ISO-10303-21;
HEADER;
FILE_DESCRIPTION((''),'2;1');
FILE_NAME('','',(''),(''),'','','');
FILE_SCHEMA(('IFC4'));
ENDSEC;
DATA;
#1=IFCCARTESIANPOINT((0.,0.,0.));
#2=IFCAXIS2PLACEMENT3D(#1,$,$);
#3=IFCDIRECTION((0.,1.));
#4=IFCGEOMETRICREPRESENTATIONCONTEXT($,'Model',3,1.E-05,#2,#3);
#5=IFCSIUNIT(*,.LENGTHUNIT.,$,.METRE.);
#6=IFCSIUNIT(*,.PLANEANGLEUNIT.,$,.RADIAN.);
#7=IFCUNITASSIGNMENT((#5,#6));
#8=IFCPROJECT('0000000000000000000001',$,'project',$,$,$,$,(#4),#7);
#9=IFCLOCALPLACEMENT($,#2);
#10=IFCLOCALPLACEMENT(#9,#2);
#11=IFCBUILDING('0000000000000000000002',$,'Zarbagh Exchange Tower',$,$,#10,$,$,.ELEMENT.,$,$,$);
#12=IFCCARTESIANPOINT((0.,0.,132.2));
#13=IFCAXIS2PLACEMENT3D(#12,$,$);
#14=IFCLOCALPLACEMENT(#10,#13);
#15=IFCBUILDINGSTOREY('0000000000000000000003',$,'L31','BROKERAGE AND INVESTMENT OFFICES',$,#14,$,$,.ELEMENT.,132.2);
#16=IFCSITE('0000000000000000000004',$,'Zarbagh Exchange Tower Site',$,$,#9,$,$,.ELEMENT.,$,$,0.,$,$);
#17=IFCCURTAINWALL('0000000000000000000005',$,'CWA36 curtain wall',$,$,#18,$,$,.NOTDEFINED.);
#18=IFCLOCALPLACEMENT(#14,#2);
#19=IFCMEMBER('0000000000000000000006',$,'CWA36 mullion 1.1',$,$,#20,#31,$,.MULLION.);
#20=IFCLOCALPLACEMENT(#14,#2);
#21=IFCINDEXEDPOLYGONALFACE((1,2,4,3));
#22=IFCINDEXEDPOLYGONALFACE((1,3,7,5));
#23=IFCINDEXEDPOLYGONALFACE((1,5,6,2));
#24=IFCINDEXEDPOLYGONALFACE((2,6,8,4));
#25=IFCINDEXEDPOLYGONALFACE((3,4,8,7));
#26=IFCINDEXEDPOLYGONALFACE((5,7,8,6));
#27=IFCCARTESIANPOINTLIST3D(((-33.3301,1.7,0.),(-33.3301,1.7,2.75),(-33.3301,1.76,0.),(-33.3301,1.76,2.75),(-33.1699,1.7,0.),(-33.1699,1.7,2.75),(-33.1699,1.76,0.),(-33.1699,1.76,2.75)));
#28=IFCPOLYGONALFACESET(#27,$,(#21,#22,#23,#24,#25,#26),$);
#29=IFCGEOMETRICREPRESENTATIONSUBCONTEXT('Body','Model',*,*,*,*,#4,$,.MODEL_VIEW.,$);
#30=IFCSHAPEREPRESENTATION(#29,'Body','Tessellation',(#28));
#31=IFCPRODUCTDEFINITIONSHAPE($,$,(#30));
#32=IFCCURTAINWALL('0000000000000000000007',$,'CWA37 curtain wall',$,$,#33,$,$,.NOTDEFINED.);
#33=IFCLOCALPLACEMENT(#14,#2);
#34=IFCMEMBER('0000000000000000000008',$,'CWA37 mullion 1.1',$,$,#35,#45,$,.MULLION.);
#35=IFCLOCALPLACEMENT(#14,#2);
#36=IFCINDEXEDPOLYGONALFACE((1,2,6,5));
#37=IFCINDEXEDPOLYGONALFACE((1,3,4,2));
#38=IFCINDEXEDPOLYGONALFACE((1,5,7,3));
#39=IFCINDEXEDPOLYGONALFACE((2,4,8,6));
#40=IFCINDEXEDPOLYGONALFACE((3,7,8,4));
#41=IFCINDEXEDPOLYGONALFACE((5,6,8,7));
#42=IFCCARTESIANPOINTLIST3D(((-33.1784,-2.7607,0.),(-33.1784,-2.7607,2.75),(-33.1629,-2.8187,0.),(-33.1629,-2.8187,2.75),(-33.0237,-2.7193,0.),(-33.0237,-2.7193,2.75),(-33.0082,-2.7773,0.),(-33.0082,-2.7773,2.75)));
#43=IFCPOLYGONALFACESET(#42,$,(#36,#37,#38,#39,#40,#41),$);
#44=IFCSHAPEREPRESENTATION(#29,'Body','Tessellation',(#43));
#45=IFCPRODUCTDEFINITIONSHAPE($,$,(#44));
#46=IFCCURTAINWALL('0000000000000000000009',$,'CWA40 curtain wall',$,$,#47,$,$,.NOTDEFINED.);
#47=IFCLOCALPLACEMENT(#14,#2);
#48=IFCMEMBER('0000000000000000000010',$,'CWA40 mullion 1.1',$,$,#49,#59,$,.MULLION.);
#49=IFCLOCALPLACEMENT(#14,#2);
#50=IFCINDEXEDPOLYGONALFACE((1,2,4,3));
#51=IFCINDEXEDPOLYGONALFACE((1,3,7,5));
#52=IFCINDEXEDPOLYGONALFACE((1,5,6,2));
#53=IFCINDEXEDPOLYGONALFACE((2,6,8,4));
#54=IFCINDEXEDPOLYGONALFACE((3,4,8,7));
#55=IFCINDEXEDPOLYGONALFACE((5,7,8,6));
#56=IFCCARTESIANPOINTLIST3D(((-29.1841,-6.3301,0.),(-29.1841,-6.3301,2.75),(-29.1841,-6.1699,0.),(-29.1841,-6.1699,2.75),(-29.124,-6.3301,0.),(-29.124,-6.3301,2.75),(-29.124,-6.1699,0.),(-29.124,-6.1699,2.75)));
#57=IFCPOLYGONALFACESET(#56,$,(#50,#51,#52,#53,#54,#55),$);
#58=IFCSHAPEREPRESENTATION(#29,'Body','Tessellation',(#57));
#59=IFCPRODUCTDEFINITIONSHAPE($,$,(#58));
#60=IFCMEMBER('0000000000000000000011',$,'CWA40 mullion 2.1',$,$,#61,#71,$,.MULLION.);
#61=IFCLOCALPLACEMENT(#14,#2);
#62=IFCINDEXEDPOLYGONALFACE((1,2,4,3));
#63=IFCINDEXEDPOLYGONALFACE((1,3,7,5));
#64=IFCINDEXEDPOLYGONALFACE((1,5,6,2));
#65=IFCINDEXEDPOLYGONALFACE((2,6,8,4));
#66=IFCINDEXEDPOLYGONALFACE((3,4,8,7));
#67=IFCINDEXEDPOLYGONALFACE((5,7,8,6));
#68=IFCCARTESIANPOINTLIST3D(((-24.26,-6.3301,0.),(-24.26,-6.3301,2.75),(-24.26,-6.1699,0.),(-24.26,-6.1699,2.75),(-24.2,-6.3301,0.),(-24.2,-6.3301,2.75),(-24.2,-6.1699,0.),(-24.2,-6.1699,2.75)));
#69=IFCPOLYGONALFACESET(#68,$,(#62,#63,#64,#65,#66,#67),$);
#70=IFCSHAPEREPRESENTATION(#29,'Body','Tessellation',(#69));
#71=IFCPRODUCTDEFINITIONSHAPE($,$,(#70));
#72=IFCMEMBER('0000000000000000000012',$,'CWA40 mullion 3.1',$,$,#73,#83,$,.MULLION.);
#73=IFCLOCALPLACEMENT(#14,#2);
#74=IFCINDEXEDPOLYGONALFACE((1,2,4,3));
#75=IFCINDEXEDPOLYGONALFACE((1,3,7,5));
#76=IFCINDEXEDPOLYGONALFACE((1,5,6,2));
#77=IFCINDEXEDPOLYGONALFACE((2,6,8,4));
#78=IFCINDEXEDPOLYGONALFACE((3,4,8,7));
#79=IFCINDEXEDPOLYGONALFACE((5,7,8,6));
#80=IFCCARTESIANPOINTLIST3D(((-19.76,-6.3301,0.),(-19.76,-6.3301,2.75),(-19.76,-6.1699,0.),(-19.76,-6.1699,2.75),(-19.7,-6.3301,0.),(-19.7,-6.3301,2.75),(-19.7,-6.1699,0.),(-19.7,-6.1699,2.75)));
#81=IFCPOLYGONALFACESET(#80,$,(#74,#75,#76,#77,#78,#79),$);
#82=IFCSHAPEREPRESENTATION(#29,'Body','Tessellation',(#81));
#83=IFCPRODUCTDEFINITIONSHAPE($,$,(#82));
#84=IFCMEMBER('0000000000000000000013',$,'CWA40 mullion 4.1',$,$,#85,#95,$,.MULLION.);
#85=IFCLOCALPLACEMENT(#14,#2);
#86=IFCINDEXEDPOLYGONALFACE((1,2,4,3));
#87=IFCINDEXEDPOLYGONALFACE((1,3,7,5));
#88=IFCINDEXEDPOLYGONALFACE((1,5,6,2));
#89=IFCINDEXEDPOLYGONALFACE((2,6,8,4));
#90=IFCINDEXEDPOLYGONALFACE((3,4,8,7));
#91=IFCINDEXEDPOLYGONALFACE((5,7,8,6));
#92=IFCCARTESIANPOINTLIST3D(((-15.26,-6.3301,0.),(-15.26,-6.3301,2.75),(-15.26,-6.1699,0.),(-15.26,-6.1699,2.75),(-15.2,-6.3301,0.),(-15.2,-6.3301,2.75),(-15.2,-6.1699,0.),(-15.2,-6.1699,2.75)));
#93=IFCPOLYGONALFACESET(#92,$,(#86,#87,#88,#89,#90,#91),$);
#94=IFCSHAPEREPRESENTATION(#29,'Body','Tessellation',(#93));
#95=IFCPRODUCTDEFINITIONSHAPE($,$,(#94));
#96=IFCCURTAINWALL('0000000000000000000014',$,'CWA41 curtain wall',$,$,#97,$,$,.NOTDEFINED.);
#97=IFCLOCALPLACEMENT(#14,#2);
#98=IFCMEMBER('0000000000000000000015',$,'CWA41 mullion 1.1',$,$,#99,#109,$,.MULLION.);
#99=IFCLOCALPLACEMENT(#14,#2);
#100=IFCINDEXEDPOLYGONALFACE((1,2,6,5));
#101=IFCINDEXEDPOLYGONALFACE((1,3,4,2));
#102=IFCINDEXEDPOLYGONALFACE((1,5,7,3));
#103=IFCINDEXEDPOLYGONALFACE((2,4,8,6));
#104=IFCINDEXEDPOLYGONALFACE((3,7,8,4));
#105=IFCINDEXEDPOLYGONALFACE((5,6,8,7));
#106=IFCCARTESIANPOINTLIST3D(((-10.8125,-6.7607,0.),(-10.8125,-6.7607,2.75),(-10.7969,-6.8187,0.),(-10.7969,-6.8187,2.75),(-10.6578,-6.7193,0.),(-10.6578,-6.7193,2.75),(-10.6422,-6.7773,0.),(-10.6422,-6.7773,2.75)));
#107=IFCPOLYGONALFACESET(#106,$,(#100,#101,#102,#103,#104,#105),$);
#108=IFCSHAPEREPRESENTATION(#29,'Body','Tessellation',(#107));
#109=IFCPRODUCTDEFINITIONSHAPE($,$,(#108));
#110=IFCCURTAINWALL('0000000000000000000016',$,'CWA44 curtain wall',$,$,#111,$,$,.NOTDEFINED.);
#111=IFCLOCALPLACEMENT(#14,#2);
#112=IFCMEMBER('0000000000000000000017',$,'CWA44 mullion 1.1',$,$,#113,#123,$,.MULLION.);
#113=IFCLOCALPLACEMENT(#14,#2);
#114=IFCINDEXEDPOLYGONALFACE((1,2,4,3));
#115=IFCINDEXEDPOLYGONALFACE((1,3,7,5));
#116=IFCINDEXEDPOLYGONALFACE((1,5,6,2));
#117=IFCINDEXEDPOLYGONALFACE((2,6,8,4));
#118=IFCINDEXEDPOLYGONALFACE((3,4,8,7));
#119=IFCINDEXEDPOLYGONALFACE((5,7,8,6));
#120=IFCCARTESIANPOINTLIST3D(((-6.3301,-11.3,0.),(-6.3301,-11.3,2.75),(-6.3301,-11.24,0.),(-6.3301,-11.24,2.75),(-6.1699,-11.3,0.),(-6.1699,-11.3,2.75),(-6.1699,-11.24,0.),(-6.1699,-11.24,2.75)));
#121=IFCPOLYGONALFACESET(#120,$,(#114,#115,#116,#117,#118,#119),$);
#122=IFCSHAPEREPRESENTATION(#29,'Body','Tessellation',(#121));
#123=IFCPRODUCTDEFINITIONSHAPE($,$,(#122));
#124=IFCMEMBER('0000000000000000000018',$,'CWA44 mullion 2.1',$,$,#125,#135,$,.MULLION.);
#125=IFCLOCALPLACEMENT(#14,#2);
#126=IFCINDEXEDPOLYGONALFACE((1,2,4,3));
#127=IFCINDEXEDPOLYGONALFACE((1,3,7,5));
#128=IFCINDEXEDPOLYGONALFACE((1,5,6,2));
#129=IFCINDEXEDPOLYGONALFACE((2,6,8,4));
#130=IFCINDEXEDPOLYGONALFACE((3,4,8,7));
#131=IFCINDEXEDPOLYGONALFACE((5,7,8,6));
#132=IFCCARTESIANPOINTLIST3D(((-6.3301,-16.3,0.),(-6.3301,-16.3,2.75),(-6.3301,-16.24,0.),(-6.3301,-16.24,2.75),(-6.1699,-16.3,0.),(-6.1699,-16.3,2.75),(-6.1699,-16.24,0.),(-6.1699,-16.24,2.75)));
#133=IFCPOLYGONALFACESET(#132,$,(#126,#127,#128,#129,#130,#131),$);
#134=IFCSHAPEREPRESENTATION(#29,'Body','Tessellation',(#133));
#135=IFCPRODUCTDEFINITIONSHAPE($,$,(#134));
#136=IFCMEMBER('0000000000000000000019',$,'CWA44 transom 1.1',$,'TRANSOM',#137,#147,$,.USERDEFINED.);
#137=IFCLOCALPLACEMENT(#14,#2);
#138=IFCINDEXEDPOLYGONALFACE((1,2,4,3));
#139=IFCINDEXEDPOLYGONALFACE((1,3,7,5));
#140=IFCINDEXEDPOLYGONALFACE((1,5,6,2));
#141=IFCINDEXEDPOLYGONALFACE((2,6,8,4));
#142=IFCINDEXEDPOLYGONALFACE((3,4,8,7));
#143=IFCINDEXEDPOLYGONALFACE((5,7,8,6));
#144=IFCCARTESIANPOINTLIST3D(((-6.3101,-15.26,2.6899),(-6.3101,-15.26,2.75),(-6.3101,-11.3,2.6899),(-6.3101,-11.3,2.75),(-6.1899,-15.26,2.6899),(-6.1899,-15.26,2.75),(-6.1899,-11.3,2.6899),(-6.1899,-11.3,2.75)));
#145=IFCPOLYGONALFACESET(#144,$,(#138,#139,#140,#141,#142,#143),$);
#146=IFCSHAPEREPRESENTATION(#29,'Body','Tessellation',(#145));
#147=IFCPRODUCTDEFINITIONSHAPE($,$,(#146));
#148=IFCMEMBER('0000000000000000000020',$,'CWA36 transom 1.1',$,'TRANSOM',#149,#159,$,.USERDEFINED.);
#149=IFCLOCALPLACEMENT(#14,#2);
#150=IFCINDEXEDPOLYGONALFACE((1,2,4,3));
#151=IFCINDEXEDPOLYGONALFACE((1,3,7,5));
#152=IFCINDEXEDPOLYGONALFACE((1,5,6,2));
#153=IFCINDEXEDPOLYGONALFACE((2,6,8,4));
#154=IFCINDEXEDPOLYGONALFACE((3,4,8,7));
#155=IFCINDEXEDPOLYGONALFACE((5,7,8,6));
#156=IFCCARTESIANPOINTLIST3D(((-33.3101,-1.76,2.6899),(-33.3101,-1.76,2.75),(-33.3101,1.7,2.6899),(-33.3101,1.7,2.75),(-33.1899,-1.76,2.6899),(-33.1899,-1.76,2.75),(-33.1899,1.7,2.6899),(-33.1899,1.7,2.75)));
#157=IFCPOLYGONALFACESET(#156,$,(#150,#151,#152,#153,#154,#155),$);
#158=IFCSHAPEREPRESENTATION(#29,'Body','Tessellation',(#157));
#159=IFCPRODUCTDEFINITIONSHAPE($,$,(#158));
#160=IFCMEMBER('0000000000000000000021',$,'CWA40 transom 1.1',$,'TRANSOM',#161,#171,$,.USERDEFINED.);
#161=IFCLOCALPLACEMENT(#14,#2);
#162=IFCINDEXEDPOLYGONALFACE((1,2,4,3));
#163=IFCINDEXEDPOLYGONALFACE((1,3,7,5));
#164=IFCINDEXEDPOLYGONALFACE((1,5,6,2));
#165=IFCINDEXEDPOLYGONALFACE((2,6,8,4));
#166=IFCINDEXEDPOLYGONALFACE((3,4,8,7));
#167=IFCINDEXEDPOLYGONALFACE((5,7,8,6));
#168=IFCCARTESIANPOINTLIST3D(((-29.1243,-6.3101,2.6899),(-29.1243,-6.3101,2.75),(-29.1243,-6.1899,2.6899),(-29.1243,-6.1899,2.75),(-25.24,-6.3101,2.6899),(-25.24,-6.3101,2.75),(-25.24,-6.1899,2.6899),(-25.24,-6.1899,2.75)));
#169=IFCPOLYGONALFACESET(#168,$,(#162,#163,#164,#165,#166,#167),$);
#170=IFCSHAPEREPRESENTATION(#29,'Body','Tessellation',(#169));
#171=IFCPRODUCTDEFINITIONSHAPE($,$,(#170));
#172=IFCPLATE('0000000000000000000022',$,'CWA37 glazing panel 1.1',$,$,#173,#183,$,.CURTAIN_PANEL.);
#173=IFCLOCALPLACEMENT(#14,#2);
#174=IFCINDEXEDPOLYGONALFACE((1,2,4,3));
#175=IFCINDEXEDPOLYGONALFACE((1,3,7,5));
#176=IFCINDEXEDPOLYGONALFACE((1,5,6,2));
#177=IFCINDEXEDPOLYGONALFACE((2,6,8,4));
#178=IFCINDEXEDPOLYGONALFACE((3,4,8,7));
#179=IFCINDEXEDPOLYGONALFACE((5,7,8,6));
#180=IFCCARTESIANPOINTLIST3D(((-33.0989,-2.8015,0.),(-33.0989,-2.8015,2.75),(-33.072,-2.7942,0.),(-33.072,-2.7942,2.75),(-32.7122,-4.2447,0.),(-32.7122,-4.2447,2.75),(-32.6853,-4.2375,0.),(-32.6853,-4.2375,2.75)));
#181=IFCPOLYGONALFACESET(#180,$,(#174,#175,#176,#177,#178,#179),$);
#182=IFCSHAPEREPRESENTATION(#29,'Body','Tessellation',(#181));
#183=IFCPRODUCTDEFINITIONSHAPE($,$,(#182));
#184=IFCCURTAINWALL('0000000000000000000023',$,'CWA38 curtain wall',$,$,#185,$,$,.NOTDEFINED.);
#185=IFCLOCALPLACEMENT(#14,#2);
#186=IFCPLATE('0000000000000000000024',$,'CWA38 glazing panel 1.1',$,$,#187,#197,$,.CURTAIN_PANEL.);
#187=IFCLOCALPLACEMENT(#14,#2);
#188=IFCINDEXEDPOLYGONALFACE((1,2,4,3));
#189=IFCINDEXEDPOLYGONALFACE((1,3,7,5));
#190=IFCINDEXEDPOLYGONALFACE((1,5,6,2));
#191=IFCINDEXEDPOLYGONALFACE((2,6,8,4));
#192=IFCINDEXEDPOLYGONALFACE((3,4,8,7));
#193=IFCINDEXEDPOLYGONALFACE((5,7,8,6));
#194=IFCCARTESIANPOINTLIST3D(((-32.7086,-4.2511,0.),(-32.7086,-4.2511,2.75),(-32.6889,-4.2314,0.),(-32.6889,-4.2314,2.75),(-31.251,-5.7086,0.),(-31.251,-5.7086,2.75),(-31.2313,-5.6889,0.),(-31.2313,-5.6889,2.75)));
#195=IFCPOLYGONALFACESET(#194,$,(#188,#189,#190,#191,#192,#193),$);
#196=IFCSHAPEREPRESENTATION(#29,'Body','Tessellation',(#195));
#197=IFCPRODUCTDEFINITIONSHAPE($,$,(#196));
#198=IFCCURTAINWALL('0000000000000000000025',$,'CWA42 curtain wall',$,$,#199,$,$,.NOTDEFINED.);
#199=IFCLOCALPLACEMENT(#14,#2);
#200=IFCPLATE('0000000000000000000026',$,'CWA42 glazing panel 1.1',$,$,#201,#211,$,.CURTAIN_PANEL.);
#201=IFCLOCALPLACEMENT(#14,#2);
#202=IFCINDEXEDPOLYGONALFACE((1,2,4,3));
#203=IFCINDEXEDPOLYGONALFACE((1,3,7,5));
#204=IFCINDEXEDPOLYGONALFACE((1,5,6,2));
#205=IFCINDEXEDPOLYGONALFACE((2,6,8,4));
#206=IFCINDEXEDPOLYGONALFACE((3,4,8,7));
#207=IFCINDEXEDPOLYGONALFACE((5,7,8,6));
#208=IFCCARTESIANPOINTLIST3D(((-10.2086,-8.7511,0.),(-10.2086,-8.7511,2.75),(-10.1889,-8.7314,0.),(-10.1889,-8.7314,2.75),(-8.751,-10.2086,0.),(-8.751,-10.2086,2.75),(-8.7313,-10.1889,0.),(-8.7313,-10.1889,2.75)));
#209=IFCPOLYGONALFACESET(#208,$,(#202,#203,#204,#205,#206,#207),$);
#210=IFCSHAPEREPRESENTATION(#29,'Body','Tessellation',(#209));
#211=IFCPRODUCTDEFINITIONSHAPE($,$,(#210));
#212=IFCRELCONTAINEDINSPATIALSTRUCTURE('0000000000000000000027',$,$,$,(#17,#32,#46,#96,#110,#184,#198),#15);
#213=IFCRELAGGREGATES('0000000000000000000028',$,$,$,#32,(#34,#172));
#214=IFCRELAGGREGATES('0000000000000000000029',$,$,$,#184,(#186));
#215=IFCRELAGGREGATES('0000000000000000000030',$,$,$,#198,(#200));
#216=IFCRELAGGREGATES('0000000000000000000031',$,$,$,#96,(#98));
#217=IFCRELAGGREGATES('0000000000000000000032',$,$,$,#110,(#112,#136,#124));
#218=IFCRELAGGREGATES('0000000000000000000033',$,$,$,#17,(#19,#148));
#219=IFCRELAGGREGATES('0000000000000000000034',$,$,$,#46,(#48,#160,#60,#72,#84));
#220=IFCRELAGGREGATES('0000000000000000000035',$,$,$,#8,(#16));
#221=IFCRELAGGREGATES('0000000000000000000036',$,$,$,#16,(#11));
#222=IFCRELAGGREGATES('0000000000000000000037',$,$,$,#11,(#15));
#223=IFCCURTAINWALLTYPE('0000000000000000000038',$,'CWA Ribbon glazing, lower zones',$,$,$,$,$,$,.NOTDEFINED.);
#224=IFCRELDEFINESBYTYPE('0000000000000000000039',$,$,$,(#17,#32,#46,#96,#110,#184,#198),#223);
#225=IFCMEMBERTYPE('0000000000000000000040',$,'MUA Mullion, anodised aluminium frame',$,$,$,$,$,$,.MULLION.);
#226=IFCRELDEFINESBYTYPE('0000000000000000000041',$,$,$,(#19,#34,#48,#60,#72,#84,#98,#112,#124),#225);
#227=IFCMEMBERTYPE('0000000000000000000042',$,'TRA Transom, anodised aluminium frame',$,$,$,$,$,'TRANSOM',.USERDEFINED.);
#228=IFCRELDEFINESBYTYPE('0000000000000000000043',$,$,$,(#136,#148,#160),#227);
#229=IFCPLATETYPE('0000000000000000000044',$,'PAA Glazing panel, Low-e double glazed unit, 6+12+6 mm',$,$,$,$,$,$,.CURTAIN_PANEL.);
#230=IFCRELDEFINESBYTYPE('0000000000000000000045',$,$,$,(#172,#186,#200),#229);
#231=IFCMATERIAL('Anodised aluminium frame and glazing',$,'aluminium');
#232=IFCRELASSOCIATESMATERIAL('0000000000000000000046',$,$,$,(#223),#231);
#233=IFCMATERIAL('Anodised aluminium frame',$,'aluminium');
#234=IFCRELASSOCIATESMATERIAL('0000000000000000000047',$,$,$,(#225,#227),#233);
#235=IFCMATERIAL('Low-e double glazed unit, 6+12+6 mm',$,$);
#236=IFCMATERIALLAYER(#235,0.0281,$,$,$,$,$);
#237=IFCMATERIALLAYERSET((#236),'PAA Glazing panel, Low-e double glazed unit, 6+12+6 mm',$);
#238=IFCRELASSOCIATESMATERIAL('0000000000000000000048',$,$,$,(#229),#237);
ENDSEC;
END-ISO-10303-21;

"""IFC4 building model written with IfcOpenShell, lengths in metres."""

from ifc_helpers import new_model, si_unit, direction, frame, origin, place, context, subcontext, project, spatial, polyline, outline, extrude, source, transform, mapped, material, layer, layer_set, type_object, element, aggregate, save


model = new_model("IFC4")

# Units and contexts
model_context = context("Model", 3, precision=1e-05, world=origin(), true_north=direction((0.0, 1.0)))
body_context = subcontext(model_context, "Body", "Model", "MODEL_VIEW")
ifc_project = project(units=[si_unit("LENGTHUNIT", "METRE"), si_unit("PLANEANGLEUNIT", "RADIAN")], contexts=[model_context])

# Site, building, storey
site_placement = place(None, origin())
site = spatial("IfcSite", under=ifc_project, at=site_placement, Name="Zarbagh Exchange Tower Site", CompositionType="ELEMENT", RefElevation=0.0)
building_placement = place(site_placement, origin())
building = spatial("IfcBuilding", under=site, at=building_placement, Name="Zarbagh Exchange Tower", CompositionType="ELEMENT")
storey_placement = place(building_placement, frame((0.0, 0.0, 132.2)))
storey = spatial("IfcBuildingStorey", under=building, at=storey_placement, Name="L31", Description="BROKERAGE AND INVESTMENT OFFICES", CompositionType="ELEMENT", Elevation=132.2)

# Curtain walls, members
ifc_material_1 = material(Name="Anodised aluminium frame and glazing", Category="aluminium")
curtain_wall_type = type_object("IfcCurtainWallType", Name="CWA Ribbon glazing, lower zones", PredefinedType="NOTDEFINED", material=ifc_material_1)
curtain_wall_1_placement = place(storey_placement, origin())
curtain_wall_1 = element("IfcCurtainWall", 1, at=curtain_wall_1_placement, inside=storey, type_object=curtain_wall_type, Name="CWA36 curtain wall", PredefinedType="NOTDEFINED")
ifc_material_2 = material(Name="Anodised aluminium frame", Category="aluminium")
member_type_1 = type_object("IfcMemberType", Name="MUA Mullion, anodised aluminium frame", PredefinedType="MULLION", material=ifc_material_2)
shared_shape_1 = source(origin(), body_context, "Body", "SweptSolid", [
    extrude(outline(polyline([(0.0, -0.0801), (0.0601, -0.0801), (0.0601, 0.0801), (0.0, 0.0801), (0.0, -0.0801)])), origin(), (0.0, 0.0, 1.0), 2.75),
])
placement = place(storey_placement, origin())
member_1 = element("IfcMember", 2, at=placement, type_object=member_type_1, Name="CWA36 mullion 1.1", PredefinedType="MULLION", context=body_context, shape_type="MappedRepresentation", body=[
    mapped(shared_shape_1, transform((-33.25, 1.76, 0.0), x_axis=(0.0, -1.0, 0.0), y_axis=(1.0, 0.0, 0.0), z_axis=(0.0, 0.0, 1.0))),
])
curtain_wall_2_placement = place(storey_placement, origin())
curtain_wall_2 = element("IfcCurtainWall", 3, at=curtain_wall_2_placement, inside=storey, type_object=curtain_wall_type, Name="CWA37 curtain wall", PredefinedType="NOTDEFINED")
member_2 = element("IfcMember", 4, at=placement, type_object=member_type_1, Name="CWA37 mullion 1.1", PredefinedType="MULLION", context=body_context, shape_type="MappedRepresentation", body=[
    mapped(shared_shape_1, transform((-33.1011, -2.74, 0.0), x_axis=(0.258825, -0.965924, 0.0), y_axis=(0.965924, 0.258825, 0.0), z_axis=(0.0, 0.0, 1.0))),
])

# Curtain wall, members
curtain_wall_3_placement = place(storey_placement, origin())
curtain_wall_3 = element("IfcCurtainWall", 5, at=curtain_wall_3_placement, inside=storey, type_object=curtain_wall_type, Name="CWA40 curtain wall", PredefinedType="NOTDEFINED")
member_3 = element("IfcMember", 6, at=placement, type_object=member_type_1, Name="CWA40 mullion 1.1", PredefinedType="MULLION", context=body_context, shape_type="MappedRepresentation", body=[
    mapped(shared_shape_1, transform((-29.1841, -6.25, 0.0), x_axis=(1.0, 0.0, 0.0), y_axis=(0.0, 1.0, 0.0), z_axis=(0.0, 0.0, 1.0))),
])
member_4 = element("IfcMember", 7, at=placement, type_object=member_type_1, Name="CWA40 mullion 2.1", PredefinedType="MULLION", context=body_context, shape_type="MappedRepresentation", body=[
    mapped(shared_shape_1, transform((-24.26, -6.25, 0.0), x_axis=(1.0, 0.0, 0.0), y_axis=(0.0, 1.0, 0.0), z_axis=(0.0, 0.0, 1.0))),
])
member_5 = element("IfcMember", 8, at=placement, type_object=member_type_1, Name="CWA40 mullion 3.1", PredefinedType="MULLION", context=body_context, shape_type="MappedRepresentation", body=[
    mapped(shared_shape_1, transform((-19.76, -6.25, 0.0), x_axis=(1.0, 0.0, 0.0), y_axis=(0.0, 1.0, 0.0), z_axis=(0.0, 0.0, 1.0))),
])
member_6 = element("IfcMember", 9, at=placement, type_object=member_type_1, Name="CWA40 mullion 4.1", PredefinedType="MULLION", context=body_context, shape_type="MappedRepresentation", body=[
    mapped(shared_shape_1, transform((-15.26, -6.25, 0.0), x_axis=(1.0, 0.0, 0.0), y_axis=(0.0, 1.0, 0.0), z_axis=(0.0, 0.0, 1.0))),
])

# Curtain wall, member
curtain_wall_4_placement = place(storey_placement, origin())
curtain_wall_4 = element("IfcCurtainWall", 10, at=curtain_wall_4_placement, inside=storey, type_object=curtain_wall_type, Name="CWA41 curtain wall", PredefinedType="NOTDEFINED")
member_7 = element("IfcMember", 11, at=placement, type_object=member_type_1, Name="CWA41 mullion 1.1", PredefinedType="MULLION", context=body_context, shape_type="MappedRepresentation", body=[
    mapped(shared_shape_1, transform((-10.7351, -6.74, 0.0), x_axis=(0.258825, -0.965924, 0.0), y_axis=(0.965924, 0.258825, 0.0), z_axis=(0.0, 0.0, 1.0))),
])

# Curtain wall, members
curtain_wall_5_placement = place(storey_placement, origin())
curtain_wall_5 = element("IfcCurtainWall", 12, at=curtain_wall_5_placement, inside=storey, type_object=curtain_wall_type, Name="CWA44 curtain wall", PredefinedType="NOTDEFINED")
member_8 = element("IfcMember", 13, at=placement, type_object=member_type_1, Name="CWA44 mullion 1.1", PredefinedType="MULLION", context=body_context, shape_type="MappedRepresentation", body=[
    mapped(shared_shape_1, transform((-6.25, -11.24, 0.0), x_axis=(0.0, -1.0, 0.0), y_axis=(1.0, 0.0, 0.0), z_axis=(0.0, 0.0, 1.0))),
])
member_9 = element("IfcMember", 14, at=placement, type_object=member_type_1, Name="CWA44 mullion 2.1", PredefinedType="MULLION", context=body_context, shape_type="MappedRepresentation", body=[
    mapped(shared_shape_1, transform((-6.25, -16.24, 0.0), x_axis=(0.0, -1.0, 0.0), y_axis=(1.0, 0.0, 0.0), z_axis=(0.0, 0.0, 1.0))),
])
member_type_2 = type_object("IfcMemberType", Name="TRA Transom, anodised aluminium frame", ElementType="TRANSOM", PredefinedType="USERDEFINED", material=ifc_material_2)
shared_shape_2 = source(origin(), body_context, "Body", "SweptSolid", [
    extrude(outline(polyline([(-0.0601, -0.0601), (0.0, -0.0601), (0.0, 0.0601), (-0.0601, 0.0601), (-0.0601, -0.0601)])), origin(), (0.0, 0.0, 1.0), 3.96),
])
member_10 = element("IfcMember", 15, at=placement, type_object=member_type_2, Name="CWA44 transom 1.1", ObjectType="TRANSOM", PredefinedType="USERDEFINED", context=body_context, shape_type="MappedRepresentation", body=[
    mapped(shared_shape_2, transform((-6.25, -11.3, 2.75), x_axis=(0.0, 0.0, 1.0), y_axis=(-1.0, 0.0, 0.0), z_axis=(0.0, -1.0, 0.0))),
])

# Members
shared_shape_3 = source(origin(), body_context, "Body", "SweptSolid", [
    extrude(outline(polyline([(-0.0601, -0.0601), (0.0, -0.0601), (0.0, 0.0601), (-0.0601, 0.0601), (-0.0601, -0.0601)])), origin(), (0.0, 0.0, 1.0), 3.46),
])
member_11 = element("IfcMember", 16, at=placement, type_object=member_type_2, Name="CWA36 transom 1.1", ObjectType="TRANSOM", PredefinedType="USERDEFINED", context=body_context, shape_type="MappedRepresentation", body=[
    mapped(shared_shape_3, transform((-33.25, 1.7, 2.75), x_axis=(0.0, 0.0, 1.0), y_axis=(-1.0, 0.0, 0.0), z_axis=(0.0, -1.0, 0.0))),
])
shared_shape_4 = source(origin(), body_context, "Body", "SweptSolid", [
    extrude(outline(polyline([(-0.0601, -0.0601), (0.0, -0.0601), (0.0, 0.0601), (-0.0601, 0.0601), (-0.0601, -0.0601)])), origin(), (0.0, 0.0, 1.0), 3.8843),
])
member_12 = element("IfcMember", 17, at=placement, type_object=member_type_2, Name="CWA40 transom 1.1", ObjectType="TRANSOM", PredefinedType="USERDEFINED", context=body_context, shape_type="MappedRepresentation", body=[
    mapped(shared_shape_4, transform((-29.1243, -6.25, 2.75), x_axis=(0.0, 0.0, 1.0), y_axis=(0.0, -1.0, 0.0), z_axis=(1.0, 0.0, 0.0))),
])

# Plate
ifc_material_3 = material(Name="Low-e double glazed unit, 6+12+6 mm")
ifc_layer = layer(ifc_material_3, 0.0281)
ifc_layer_set = layer_set([ifc_layer], Name="PAA Glazing panel, Low-e double glazed unit, 6+12+6 mm")
plate_type = type_object("IfcPlateType", Name="PAA Glazing panel, Low-e double glazed unit, 6+12+6 mm", PredefinedType="CURTAIN_PANEL", material=ifc_layer_set)
shared_shape_5 = source(origin(), body_context, "Body", "SweptSolid", [
    extrude(outline(polyline([(0.0, -0.0139), (1.4941, -0.0139), (1.4941, 0.0139), (0.0, 0.0139), (0.0, -0.0139)])), origin(), (0.0, 0.0, 1.0), 2.75),
])
plate_1 = element("IfcPlate", 18, at=placement, type_object=plate_type, Name="CWA37 glazing panel 1.1", PredefinedType="CURTAIN_PANEL", context=body_context, shape_type="MappedRepresentation", body=[
    mapped(shared_shape_5, transform((-33.0854, -2.7979, 0.0), x_axis=(0.258825, -0.965924, 0.0), y_axis=(0.965924, 0.258825, 0.0), z_axis=(0.0, 0.0, 1.0))),
])
aggregate(curtain_wall_2, [member_2, plate_1])

# Curtain walls, plates
curtain_wall_6_placement = place(storey_placement, origin())
curtain_wall_6 = element("IfcCurtainWall", 19, at=curtain_wall_6_placement, inside=storey, type_object=curtain_wall_type, Name="CWA38 curtain wall", PredefinedType="NOTDEFINED")
shared_shape_6 = source(origin(), body_context, "Body", "SweptSolid", [
    extrude(outline(polyline([(0.0, -0.0139), (2.0613, -0.0139), (2.0613, 0.0139), (0.0, 0.0139), (0.0, -0.0139)])), origin(), (0.0, 0.0, 1.0), 2.75),
])
plate_2 = element("IfcPlate", 20, at=placement, type_object=plate_type, Name="CWA38 glazing panel 1.1", PredefinedType="CURTAIN_PANEL", context=body_context, shape_type="MappedRepresentation", body=[
    mapped(shared_shape_6, transform((-32.6987, -4.2412, 0.0), x_axis=(0.707107, -0.707107, 0.0), y_axis=(0.707107, 0.707107, 0.0), z_axis=(0.0, 0.0, 1.0))),
])
aggregate(curtain_wall_6, [plate_2])
curtain_wall_7_placement = place(storey_placement, origin())
curtain_wall_7 = element("IfcCurtainWall", 21, at=curtain_wall_7_placement, inside=storey, type_object=curtain_wall_type, Name="CWA42 curtain wall", PredefinedType="NOTDEFINED")
plate_3 = element("IfcPlate", 22, at=placement, type_object=plate_type, Name="CWA42 glazing panel 1.1", PredefinedType="CURTAIN_PANEL", context=body_context, shape_type="MappedRepresentation", body=[
    mapped(shared_shape_6, transform((-10.1987, -8.7412, 0.0), x_axis=(0.707107, -0.707107, 0.0), y_axis=(0.707107, 0.707107, 0.0), z_axis=(0.0, 0.0, 1.0))),
])
aggregate(curtain_wall_7, [plate_3])

aggregate(curtain_wall_4, [member_7])

aggregate(curtain_wall_5, [member_8, member_10, member_9])
aggregate(curtain_wall_1, [member_1, member_11])
aggregate(curtain_wall_3, [member_3, member_12, member_4, member_5, member_6])

save(model, "model.ifc")
